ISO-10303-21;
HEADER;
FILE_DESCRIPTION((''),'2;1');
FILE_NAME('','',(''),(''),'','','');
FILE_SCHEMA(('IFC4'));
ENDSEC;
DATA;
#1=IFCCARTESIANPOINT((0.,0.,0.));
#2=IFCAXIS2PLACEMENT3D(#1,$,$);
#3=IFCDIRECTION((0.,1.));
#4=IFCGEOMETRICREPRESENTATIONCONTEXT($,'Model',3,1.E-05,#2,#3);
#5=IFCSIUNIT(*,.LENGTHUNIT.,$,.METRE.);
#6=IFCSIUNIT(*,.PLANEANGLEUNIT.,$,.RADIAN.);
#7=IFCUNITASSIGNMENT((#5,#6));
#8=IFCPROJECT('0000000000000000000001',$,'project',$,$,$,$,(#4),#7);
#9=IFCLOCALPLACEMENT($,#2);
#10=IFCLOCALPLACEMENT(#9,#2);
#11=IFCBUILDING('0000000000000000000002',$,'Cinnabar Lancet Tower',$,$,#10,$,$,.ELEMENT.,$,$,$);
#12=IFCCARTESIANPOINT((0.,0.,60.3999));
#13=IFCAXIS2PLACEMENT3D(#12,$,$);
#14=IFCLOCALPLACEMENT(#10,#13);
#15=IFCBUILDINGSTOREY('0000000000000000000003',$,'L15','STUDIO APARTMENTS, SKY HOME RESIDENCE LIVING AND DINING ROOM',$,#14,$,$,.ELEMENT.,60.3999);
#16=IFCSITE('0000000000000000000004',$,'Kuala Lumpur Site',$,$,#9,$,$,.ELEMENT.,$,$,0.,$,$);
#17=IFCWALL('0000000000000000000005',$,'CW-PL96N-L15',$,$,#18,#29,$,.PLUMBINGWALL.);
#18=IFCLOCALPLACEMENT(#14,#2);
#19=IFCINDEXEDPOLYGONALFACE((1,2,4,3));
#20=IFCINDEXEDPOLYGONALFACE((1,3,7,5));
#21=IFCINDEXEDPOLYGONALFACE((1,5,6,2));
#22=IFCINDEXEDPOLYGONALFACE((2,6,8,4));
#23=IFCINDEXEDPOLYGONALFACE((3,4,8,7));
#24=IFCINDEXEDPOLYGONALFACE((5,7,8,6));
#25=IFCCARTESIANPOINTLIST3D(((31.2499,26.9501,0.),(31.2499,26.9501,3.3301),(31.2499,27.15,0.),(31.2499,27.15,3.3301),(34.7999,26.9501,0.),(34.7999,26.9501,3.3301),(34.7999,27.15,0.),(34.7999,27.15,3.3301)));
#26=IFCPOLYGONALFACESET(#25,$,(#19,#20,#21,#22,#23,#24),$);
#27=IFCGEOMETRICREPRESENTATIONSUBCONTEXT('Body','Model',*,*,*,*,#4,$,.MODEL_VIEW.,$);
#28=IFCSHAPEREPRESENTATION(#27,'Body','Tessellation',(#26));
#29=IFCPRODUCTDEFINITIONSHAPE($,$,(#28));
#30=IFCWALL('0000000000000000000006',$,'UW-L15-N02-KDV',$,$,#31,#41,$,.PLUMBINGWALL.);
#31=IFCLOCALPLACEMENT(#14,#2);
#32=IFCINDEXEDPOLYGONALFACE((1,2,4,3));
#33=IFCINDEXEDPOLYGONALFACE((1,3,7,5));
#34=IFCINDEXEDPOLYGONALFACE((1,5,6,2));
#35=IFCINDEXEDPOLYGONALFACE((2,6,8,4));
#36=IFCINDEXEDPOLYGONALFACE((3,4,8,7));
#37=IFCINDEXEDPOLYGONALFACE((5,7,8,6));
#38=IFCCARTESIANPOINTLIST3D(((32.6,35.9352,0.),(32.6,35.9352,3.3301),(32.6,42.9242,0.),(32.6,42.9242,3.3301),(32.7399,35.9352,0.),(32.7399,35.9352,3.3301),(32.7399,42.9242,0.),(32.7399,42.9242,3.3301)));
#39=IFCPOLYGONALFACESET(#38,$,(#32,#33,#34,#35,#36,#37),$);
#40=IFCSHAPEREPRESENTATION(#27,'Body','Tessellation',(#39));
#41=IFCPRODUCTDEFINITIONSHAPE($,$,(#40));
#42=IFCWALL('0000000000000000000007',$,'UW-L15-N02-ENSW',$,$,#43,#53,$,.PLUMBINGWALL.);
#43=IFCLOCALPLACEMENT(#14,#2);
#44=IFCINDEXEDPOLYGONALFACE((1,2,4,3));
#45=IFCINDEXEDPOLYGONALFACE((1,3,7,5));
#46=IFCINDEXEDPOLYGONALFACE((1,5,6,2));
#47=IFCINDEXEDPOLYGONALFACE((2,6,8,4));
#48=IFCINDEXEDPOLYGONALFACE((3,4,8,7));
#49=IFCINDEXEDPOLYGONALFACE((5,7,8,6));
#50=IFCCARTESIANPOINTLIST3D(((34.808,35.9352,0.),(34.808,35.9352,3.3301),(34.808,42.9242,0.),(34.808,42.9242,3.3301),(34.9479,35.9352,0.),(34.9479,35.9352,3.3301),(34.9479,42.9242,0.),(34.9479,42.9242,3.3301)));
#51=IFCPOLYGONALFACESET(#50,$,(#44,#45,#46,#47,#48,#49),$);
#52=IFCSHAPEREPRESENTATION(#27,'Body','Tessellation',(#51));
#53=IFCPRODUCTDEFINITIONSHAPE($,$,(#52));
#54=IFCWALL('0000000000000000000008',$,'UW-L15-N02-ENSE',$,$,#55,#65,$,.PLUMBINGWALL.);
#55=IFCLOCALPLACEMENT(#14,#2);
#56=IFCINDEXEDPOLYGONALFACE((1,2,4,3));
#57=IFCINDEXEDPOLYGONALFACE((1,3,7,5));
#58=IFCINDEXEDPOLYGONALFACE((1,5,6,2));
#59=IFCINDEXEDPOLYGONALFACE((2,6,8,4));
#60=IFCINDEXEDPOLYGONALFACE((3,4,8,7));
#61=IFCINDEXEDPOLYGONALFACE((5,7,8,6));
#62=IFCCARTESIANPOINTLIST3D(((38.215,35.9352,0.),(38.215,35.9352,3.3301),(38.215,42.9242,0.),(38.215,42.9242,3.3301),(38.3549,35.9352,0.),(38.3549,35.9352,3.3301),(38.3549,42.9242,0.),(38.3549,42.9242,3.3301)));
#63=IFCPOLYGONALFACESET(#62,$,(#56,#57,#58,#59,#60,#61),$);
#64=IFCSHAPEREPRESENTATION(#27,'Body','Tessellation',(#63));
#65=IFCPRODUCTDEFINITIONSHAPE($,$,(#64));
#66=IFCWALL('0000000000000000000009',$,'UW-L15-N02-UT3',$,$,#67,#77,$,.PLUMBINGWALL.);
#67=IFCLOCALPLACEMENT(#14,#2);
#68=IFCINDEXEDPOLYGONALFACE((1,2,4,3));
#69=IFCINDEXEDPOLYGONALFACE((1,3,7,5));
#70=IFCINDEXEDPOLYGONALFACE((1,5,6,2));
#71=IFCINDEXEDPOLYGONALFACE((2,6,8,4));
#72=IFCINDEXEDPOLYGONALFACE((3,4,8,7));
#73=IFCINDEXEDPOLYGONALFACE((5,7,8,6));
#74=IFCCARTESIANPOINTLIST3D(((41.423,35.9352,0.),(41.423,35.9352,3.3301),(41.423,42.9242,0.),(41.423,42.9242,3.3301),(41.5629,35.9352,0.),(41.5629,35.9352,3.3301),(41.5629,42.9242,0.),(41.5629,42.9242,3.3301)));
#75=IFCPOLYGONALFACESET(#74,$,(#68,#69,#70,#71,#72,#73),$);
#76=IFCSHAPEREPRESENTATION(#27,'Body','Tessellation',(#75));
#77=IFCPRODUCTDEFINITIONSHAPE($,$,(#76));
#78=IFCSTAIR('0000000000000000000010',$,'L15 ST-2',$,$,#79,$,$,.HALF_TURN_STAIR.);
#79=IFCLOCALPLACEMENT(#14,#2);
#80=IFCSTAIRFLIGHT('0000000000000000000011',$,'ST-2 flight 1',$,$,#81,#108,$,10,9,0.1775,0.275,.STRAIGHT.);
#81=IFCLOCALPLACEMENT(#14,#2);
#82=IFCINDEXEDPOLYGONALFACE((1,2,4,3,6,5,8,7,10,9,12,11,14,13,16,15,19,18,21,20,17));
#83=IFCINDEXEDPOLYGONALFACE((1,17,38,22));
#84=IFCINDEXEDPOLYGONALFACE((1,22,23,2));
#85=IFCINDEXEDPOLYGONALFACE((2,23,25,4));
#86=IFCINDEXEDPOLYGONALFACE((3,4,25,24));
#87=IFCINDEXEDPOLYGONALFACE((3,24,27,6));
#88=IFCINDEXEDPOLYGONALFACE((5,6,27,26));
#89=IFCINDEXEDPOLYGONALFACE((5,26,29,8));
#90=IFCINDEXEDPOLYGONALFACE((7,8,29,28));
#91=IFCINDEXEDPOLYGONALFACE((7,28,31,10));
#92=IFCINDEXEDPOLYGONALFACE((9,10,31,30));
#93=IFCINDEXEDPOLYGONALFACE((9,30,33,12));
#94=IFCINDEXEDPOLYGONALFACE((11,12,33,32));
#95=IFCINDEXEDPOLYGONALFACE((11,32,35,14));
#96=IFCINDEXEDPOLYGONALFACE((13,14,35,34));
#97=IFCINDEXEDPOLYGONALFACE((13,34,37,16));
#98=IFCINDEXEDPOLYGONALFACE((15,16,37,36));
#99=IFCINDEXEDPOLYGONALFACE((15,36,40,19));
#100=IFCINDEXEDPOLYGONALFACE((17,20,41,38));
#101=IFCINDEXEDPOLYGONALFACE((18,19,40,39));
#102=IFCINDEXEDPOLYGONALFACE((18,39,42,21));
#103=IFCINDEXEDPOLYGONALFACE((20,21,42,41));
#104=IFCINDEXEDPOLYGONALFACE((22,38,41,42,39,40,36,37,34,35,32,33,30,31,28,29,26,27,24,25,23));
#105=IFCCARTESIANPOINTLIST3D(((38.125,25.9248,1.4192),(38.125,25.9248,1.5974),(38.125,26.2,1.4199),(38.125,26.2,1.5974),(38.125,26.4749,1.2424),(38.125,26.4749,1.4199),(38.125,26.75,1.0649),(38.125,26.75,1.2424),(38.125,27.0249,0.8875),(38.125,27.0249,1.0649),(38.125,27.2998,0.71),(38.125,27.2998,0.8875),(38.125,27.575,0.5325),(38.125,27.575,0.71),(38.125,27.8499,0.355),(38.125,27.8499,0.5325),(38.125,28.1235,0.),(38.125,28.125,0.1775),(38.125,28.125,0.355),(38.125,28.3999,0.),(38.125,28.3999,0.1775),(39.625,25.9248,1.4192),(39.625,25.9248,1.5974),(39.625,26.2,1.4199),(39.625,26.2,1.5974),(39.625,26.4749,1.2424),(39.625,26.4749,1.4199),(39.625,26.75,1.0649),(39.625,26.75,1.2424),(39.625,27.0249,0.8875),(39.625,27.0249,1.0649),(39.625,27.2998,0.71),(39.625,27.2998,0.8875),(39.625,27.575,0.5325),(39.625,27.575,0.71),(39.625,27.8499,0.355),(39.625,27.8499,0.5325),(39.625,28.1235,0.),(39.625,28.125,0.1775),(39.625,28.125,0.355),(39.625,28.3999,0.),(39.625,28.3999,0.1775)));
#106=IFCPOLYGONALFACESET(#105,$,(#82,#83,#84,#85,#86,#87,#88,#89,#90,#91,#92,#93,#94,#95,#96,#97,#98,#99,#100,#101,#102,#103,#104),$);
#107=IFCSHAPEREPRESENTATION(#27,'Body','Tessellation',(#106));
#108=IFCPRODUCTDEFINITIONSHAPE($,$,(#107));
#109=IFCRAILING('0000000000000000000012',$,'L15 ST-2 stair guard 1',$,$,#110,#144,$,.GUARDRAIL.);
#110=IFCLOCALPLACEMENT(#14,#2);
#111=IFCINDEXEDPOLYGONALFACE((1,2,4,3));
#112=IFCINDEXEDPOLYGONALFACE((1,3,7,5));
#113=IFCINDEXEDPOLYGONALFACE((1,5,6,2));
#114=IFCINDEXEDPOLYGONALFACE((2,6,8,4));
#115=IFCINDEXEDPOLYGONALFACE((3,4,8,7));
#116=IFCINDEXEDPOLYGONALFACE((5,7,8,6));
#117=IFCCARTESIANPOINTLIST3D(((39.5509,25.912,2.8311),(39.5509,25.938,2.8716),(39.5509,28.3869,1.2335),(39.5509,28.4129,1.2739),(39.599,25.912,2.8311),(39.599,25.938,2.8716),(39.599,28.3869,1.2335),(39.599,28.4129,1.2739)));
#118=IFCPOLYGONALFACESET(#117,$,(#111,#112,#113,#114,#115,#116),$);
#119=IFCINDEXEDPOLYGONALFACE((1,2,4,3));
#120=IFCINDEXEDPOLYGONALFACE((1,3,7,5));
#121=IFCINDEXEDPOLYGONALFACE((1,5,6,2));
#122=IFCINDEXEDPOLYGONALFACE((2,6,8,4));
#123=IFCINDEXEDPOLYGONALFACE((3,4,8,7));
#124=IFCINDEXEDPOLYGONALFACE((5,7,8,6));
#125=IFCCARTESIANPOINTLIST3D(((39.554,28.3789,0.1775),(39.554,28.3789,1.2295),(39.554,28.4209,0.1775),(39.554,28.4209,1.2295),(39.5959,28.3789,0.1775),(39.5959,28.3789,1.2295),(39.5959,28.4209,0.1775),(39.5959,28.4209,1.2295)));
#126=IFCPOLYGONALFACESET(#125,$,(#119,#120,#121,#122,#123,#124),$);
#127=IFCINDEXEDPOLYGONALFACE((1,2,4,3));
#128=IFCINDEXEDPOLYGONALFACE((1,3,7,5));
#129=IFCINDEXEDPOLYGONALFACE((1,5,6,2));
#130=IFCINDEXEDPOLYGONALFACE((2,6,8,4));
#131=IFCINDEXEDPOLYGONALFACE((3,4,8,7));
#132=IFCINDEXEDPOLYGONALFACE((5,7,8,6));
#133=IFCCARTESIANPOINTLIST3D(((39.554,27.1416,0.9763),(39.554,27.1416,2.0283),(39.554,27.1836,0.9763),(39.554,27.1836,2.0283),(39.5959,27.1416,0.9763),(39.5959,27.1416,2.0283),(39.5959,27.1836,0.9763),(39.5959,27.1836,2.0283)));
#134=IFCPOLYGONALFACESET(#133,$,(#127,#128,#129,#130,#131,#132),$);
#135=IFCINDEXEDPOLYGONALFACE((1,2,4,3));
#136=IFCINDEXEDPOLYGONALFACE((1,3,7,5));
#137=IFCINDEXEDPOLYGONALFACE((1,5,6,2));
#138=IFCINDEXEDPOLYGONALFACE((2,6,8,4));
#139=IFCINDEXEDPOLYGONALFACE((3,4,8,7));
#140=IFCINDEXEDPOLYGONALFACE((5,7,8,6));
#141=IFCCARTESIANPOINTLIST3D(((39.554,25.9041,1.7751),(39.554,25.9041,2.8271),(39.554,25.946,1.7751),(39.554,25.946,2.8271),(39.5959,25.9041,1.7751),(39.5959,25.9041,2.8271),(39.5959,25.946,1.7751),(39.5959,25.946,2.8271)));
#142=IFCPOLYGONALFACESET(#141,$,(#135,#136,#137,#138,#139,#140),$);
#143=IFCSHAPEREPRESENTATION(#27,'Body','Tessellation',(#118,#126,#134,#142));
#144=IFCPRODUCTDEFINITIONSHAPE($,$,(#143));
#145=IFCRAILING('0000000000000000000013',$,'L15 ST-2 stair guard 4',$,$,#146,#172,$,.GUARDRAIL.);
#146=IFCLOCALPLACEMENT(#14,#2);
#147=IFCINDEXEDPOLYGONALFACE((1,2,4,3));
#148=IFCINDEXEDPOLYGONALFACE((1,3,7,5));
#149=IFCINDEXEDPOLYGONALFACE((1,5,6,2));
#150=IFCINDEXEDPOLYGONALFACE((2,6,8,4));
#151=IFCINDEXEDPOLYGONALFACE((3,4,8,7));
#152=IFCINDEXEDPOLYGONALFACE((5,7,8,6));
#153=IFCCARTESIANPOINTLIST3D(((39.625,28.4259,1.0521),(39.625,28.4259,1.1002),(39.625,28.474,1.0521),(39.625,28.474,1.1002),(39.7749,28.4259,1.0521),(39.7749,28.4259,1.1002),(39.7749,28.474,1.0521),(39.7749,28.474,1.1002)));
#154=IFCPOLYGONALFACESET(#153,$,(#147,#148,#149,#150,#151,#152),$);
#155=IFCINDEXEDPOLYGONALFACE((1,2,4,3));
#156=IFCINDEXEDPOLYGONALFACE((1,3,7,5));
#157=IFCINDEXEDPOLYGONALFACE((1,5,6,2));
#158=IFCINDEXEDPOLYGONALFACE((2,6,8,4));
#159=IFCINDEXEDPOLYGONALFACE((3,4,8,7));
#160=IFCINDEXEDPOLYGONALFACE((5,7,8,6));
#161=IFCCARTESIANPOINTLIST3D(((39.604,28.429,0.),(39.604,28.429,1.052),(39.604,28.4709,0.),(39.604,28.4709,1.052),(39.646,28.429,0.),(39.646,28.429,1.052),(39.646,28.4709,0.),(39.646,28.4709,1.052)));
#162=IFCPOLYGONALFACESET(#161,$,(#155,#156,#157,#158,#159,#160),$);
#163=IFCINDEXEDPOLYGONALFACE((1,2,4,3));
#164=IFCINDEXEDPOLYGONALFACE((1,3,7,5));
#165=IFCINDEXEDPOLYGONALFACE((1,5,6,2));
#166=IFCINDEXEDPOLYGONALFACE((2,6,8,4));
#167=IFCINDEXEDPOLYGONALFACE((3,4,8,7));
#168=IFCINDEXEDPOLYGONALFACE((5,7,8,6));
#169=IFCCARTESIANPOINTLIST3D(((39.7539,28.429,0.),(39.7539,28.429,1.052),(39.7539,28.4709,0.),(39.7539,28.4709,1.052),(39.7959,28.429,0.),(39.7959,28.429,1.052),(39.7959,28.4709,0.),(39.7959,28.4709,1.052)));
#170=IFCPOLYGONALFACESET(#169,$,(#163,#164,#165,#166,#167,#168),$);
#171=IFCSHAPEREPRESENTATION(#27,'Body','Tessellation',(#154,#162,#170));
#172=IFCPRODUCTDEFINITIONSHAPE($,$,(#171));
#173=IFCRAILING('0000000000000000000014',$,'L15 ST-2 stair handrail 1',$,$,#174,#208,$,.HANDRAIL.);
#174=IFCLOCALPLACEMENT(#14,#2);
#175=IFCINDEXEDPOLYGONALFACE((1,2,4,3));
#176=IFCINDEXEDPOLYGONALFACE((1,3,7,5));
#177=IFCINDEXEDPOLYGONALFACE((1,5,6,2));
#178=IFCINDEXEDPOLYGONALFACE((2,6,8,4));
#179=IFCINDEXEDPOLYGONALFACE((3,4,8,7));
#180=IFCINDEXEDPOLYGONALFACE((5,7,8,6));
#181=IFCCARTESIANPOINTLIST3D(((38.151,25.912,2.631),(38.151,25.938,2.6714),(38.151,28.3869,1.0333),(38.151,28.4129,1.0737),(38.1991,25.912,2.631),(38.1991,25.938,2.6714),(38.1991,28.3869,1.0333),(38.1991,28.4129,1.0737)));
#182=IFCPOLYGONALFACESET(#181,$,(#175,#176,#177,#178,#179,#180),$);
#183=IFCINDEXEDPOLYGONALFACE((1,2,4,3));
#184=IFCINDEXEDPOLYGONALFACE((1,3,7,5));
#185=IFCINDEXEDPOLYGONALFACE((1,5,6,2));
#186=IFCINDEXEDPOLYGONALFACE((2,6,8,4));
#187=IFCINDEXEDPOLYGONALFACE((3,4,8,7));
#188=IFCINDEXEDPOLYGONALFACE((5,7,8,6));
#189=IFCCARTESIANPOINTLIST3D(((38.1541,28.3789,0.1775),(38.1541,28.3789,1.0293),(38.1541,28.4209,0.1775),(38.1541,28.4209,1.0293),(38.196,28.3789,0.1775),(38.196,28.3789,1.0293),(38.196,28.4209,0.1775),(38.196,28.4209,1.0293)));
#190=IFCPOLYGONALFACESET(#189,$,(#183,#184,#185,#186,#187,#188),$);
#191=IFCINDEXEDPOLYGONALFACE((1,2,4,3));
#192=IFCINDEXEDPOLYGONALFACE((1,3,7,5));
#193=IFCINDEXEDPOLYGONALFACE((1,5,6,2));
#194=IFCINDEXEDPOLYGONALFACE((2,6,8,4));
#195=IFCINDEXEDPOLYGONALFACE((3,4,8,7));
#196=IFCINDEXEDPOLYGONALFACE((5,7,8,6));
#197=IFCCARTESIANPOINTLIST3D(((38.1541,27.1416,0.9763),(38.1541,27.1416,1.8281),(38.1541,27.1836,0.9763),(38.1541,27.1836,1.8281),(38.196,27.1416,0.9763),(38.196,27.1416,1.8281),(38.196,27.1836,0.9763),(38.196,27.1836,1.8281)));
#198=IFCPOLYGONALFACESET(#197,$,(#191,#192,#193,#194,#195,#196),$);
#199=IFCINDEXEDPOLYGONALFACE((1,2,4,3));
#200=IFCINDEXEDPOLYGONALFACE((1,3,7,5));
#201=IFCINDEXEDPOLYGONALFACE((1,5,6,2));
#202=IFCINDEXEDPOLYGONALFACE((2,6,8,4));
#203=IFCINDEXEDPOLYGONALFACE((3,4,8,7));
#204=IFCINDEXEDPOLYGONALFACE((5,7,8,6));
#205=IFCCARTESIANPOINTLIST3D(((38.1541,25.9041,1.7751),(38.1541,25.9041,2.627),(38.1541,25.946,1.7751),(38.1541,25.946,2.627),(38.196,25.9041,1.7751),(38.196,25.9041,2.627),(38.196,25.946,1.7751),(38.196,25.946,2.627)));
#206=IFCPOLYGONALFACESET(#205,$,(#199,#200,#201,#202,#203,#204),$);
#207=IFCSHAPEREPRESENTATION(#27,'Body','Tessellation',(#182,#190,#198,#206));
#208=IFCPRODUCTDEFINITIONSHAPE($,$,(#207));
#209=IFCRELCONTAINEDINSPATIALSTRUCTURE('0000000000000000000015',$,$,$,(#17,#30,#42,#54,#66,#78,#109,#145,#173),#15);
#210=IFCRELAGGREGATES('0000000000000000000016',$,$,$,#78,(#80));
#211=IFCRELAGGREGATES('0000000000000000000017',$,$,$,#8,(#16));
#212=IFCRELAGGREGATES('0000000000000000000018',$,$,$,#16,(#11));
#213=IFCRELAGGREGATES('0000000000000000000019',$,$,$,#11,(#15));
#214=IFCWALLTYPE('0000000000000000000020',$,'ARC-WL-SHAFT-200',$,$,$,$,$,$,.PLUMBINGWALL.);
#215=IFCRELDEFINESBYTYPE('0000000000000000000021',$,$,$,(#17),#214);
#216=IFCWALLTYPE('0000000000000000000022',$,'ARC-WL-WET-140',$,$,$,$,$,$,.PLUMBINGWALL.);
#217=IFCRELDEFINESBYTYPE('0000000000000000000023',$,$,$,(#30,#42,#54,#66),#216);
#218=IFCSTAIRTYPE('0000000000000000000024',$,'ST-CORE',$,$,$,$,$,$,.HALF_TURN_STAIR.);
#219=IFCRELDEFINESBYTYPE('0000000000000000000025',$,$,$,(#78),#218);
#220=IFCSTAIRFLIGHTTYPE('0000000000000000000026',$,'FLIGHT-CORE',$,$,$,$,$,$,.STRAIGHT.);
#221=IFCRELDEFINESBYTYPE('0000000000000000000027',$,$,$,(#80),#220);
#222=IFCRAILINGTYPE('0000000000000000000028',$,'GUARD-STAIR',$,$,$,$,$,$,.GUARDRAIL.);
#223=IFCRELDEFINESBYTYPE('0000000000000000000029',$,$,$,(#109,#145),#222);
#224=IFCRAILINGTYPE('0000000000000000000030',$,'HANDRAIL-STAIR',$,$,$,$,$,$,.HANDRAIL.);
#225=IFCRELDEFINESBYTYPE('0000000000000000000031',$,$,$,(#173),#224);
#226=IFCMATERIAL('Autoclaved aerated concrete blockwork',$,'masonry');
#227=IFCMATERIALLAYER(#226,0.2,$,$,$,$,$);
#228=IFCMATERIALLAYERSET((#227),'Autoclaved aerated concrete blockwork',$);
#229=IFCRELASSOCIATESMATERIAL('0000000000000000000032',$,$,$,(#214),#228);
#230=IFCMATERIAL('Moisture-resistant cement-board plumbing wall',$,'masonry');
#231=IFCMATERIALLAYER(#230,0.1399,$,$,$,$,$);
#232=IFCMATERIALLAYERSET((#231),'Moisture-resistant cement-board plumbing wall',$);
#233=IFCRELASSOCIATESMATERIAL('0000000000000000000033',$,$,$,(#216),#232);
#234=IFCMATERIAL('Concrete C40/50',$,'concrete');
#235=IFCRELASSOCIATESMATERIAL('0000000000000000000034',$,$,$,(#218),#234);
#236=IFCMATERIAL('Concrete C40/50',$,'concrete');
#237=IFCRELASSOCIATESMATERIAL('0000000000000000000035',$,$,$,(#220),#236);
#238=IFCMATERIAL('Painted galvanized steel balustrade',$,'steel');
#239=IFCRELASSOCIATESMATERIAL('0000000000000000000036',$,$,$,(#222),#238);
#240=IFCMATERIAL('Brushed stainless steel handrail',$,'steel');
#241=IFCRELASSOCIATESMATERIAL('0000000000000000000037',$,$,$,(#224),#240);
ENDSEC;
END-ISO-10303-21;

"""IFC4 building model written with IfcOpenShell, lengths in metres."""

from ifc_helpers import new_model, si_unit, direction, frame, frame_2d, origin, origin_2d, place, context, subcontext, project, spatial, polyline, rectangle, outline, extrude, material, layer, layer_set, type_object, element, aggregate, save


model = new_model("IFC4")

# Units and contexts
model_context = context("Model", 3, precision=1e-05, world=origin(), true_north=direction((0.0, 1.0)))
body_context = subcontext(model_context, "Body", "Model", "MODEL_VIEW")
ifc_project = project(units=[si_unit("LENGTHUNIT", "METRE"), si_unit("PLANEANGLEUNIT", "RADIAN")], contexts=[model_context])

# Site, building, storey
site_placement = place(None, origin())
site = spatial("IfcSite", under=ifc_project, at=site_placement, Name="Kuala Lumpur Site", CompositionType="ELEMENT", RefElevation=0.0)
building_placement = place(site_placement, origin())
building = spatial("IfcBuilding", under=site, at=building_placement, Name="Cinnabar Lancet Tower", CompositionType="ELEMENT")
storey_placement = place(building_placement, frame((0.0, 0.0, 60.3999)))
storey = spatial("IfcBuildingStorey", under=building, at=storey_placement, Name="L15", Description="STUDIO APARTMENTS, SKY HOME RESIDENCE LIVING AND DINING ROOM", CompositionType="ELEMENT", Elevation=60.3999)

# Shared definitions
ifc_material_1 = material(Name="Autoclaved aerated concrete blockwork", Category="masonry")
ifc_layer_1 = layer(ifc_material_1, 0.2)
ifc_layer_set_1 = layer_set([ifc_layer_1], Name="Autoclaved aerated concrete blockwork")
wall_type_1 = type_object("IfcWallType", Name="ARC-WL-SHAFT-200", PredefinedType="PLUMBINGWALL", material=ifc_layer_set_1)

# Walls
wall_1_placement = place(storey_placement, frame((31.25, 27.05, 0.0), z_axis=(0.0, 0.0, 1.0), x_axis=(1.0, 0.0, 0.0)))
element("IfcWall", 1, at=wall_1_placement, inside=storey, type_object=wall_type_1, Name="CW-PL96N-L15", PredefinedType="PLUMBINGWALL", context=body_context, shape_type="SweptSolid", body=[
    extrude(rectangle(XDim=3.55, YDim=0.2, at=frame_2d((1.7749, 0.0))), origin(), (0.0, 0.0, 1.0), 3.3301),
])
ifc_material_2 = material(Name="Moisture-resistant cement-board plumbing wall", Category="masonry")
ifc_layer_2 = layer(ifc_material_2, 0.1399)
ifc_layer_set_2 = layer_set([ifc_layer_2], Name="Moisture-resistant cement-board plumbing wall")
wall_type_2 = type_object("IfcWallType", Name="ARC-WL-WET-140", PredefinedType="PLUMBINGWALL", material=ifc_layer_set_2)
for number, where, z_axis, x_axis, name in (
    (2, (32.6699, 35.9351, 0.0), (0.0, 0.0, 1.0), (0.0, 1.0, 0.0), "UW-L15-N02-KDV"),
    (3, (34.8779, 35.9351, 0.0), (0.0, 0.0, 1.0), (0.0, 1.0, 0.0), "UW-L15-N02-ENSW"),
    (4, (38.2849, 35.9351, 0.0), (0.0, 0.0, 1.0), (0.0, 1.0, 0.0), "UW-L15-N02-ENSE"),
    (5, (41.4929, 35.9351, 0.0), (0.0, 0.0, 1.0), (0.0, 1.0, 0.0), "UW-L15-N02-UT3"),
):
    element("IfcWall", number, at=place(storey_placement, frame(where, z_axis=z_axis, x_axis=x_axis)), inside=storey, type_object=wall_type_2, Name=name, PredefinedType="PLUMBINGWALL", context=body_context, shape_type="SweptSolid", body=[
        extrude(rectangle(XDim=6.989, YDim=0.1399, at=frame_2d((3.4946, 0.0))), origin(), (0.0, 0.0, 1.0), 3.3301),
    ])

# Stair, stair flight
ifc_material_3 = material(Name="Concrete C40/50", Category="concrete")
stair_type = type_object("IfcStairType", Name="ST-CORE", PredefinedType="HALF_TURN_STAIR", material=ifc_material_3)
stair_placement = place(storey_placement, origin())
stair = element("IfcStair", 6, at=stair_placement, inside=storey, type_object=stair_type, Name="L15 ST-2", PredefinedType="HALF_TURN_STAIR")
ifc_material_4 = material(Name="Concrete C40/50", Category="concrete")
stair_flight_type = type_object("IfcStairFlightType", Name="FLIGHT-CORE", PredefinedType="STRAIGHT", material=ifc_material_4)
stair_flight_placement = place(storey_placement, frame((38.875, 28.3999, 0.0), z_axis=(0.0, 0.0, 1.0), x_axis=(0.0, -1.0, 0.0)))
stair_flight = element("IfcStairFlight", 7, at=stair_flight_placement, type_object=stair_flight_type, Name="ST-2 flight 1", NumberOfRisers=10, NumberOfTreads=9, PredefinedType="STRAIGHT", RiserHeight=0.1775, TreadLength=0.275, context=body_context, shape_type="SweptSolid", body=[
    extrude(outline(polyline([(0.0, 0.0), (0.0, 0.1775), (0.2749, 0.1775), (0.2749, 0.355), (0.55, 0.355), (0.55, 0.5325), (0.825, 0.5325), (0.825, 0.71), (1.1001, 0.71), (1.1001, 0.8875), (1.375, 0.8875), (1.375, 1.0649), (1.6499, 1.0649), (1.6499, 1.2424), (1.925, 1.2424), (1.925, 1.4199), (2.2, 1.4199), (2.2, 1.5974), (2.4751, 1.5974), (2.4751, 1.7749), (2.4751, 1.4192), (0.2764, 0.0), (0.0, 0.0)])), frame((0.0, 0.75, 0.0), z_axis=(0.0, -1.0, 0.0), x_axis=(1.0, 0.0, 0.0)), (0.0, 0.0, 1.0), 1.5),
])
aggregate(stair, [stair_flight])

# Railings
ifc_material_5 = material(Name="Painted galvanized steel balustrade", Category="steel")
railing_type_1 = type_object("IfcRailingType", Name="GUARD-STAIR", PredefinedType="GUARDRAIL", material=ifc_material_5)
railing_1_placement = place(storey_placement, frame((39.575, 28.3999, 0.1775)))
element("IfcRailing", 8, at=railing_1_placement, inside=storey, type_object=railing_type_1, Name="L15 ST-2 stair guard 1", PredefinedType="GUARDRAIL", context=body_context, shape_type="SweptSolid", body=[
    extrude(rectangle(XDim=0.0481, YDim=0.0481, at=origin_2d()), frame((0.0, 0.0, 1.0762), z_axis=(0.0, -0.840146, 0.542361), x_axis=(1.0, 0.0, 0.0)), (0.0, 0.0, 1.0), 2.9458),
    extrude(rectangle(XDim=0.042, YDim=0.042, at=origin_2d()), origin(), (0.0, 0.0, 1.0), 1.052),
    extrude(rectangle(XDim=0.042, YDim=0.042, at=origin_2d()), frame((0.0, -1.2373, 0.7988)), (0.0, 0.0, 1.0), 1.052),
    extrude(rectangle(XDim=0.042, YDim=0.042, at=origin_2d()), frame((0.0, -2.4749, 1.5977)), (0.0, 0.0, 1.0), 1.052),
])
railing_2_placement = place(storey_placement, frame((39.625, 28.45, 0.0)))
element("IfcRailing", 9, at=railing_2_placement, inside=storey, type_object=railing_type_1, Name="L15 ST-2 stair guard 4", PredefinedType="GUARDRAIL", context=body_context, shape_type="SweptSolid", body=[
    extrude(rectangle(XDim=0.0481, YDim=0.0481, at=origin_2d()), frame((0.0, 0.0, 1.0762), z_axis=(1.0, 0.0, 0.0), x_axis=(0.0, 1.0, 0.0)), (0.0, 0.0, 1.0), 0.1499),
    extrude(rectangle(XDim=0.042, YDim=0.042, at=origin_2d()), origin(), (0.0, 0.0, 1.0), 1.052),
    extrude(rectangle(XDim=0.042, YDim=0.042, at=origin_2d()), frame((0.1499, 0.0, 0.0)), (0.0, 0.0, 1.0), 1.052),
])
ifc_material_6 = material(Name="Brushed stainless steel handrail", Category="steel")
railing_type_2 = type_object("IfcRailingType", Name="HANDRAIL-STAIR", PredefinedType="HANDRAIL", material=ifc_material_6)
railing_3_placement = place(storey_placement, frame((38.175, 28.3999, 0.1775)))
element("IfcRailing", 10, at=railing_3_placement, inside=storey, type_object=railing_type_2, Name="L15 ST-2 stair handrail 1", PredefinedType="HANDRAIL", context=body_context, shape_type="SweptSolid", body=[
    extrude(rectangle(XDim=0.0481, YDim=0.0481, at=origin_2d()), frame((0.0, 0.0, 0.876), z_axis=(0.0, -0.840146, 0.542361), x_axis=(1.0, 0.0, 0.0)), (0.0, 0.0, 1.0), 2.9458),
    extrude(rectangle(XDim=0.042, YDim=0.042, at=origin_2d()), origin(), (0.0, 0.0, 1.0), 0.8518),
    extrude(rectangle(XDim=0.042, YDim=0.042, at=origin_2d()), frame((0.0, -1.2373, 0.7988)), (0.0, 0.0, 1.0), 0.8518),
    extrude(rectangle(XDim=0.042, YDim=0.042, at=origin_2d()), frame((0.0, -2.4749, 1.5977)), (0.0, 0.0, 1.0), 0.8518),
])

save(model, "model.ifc")
